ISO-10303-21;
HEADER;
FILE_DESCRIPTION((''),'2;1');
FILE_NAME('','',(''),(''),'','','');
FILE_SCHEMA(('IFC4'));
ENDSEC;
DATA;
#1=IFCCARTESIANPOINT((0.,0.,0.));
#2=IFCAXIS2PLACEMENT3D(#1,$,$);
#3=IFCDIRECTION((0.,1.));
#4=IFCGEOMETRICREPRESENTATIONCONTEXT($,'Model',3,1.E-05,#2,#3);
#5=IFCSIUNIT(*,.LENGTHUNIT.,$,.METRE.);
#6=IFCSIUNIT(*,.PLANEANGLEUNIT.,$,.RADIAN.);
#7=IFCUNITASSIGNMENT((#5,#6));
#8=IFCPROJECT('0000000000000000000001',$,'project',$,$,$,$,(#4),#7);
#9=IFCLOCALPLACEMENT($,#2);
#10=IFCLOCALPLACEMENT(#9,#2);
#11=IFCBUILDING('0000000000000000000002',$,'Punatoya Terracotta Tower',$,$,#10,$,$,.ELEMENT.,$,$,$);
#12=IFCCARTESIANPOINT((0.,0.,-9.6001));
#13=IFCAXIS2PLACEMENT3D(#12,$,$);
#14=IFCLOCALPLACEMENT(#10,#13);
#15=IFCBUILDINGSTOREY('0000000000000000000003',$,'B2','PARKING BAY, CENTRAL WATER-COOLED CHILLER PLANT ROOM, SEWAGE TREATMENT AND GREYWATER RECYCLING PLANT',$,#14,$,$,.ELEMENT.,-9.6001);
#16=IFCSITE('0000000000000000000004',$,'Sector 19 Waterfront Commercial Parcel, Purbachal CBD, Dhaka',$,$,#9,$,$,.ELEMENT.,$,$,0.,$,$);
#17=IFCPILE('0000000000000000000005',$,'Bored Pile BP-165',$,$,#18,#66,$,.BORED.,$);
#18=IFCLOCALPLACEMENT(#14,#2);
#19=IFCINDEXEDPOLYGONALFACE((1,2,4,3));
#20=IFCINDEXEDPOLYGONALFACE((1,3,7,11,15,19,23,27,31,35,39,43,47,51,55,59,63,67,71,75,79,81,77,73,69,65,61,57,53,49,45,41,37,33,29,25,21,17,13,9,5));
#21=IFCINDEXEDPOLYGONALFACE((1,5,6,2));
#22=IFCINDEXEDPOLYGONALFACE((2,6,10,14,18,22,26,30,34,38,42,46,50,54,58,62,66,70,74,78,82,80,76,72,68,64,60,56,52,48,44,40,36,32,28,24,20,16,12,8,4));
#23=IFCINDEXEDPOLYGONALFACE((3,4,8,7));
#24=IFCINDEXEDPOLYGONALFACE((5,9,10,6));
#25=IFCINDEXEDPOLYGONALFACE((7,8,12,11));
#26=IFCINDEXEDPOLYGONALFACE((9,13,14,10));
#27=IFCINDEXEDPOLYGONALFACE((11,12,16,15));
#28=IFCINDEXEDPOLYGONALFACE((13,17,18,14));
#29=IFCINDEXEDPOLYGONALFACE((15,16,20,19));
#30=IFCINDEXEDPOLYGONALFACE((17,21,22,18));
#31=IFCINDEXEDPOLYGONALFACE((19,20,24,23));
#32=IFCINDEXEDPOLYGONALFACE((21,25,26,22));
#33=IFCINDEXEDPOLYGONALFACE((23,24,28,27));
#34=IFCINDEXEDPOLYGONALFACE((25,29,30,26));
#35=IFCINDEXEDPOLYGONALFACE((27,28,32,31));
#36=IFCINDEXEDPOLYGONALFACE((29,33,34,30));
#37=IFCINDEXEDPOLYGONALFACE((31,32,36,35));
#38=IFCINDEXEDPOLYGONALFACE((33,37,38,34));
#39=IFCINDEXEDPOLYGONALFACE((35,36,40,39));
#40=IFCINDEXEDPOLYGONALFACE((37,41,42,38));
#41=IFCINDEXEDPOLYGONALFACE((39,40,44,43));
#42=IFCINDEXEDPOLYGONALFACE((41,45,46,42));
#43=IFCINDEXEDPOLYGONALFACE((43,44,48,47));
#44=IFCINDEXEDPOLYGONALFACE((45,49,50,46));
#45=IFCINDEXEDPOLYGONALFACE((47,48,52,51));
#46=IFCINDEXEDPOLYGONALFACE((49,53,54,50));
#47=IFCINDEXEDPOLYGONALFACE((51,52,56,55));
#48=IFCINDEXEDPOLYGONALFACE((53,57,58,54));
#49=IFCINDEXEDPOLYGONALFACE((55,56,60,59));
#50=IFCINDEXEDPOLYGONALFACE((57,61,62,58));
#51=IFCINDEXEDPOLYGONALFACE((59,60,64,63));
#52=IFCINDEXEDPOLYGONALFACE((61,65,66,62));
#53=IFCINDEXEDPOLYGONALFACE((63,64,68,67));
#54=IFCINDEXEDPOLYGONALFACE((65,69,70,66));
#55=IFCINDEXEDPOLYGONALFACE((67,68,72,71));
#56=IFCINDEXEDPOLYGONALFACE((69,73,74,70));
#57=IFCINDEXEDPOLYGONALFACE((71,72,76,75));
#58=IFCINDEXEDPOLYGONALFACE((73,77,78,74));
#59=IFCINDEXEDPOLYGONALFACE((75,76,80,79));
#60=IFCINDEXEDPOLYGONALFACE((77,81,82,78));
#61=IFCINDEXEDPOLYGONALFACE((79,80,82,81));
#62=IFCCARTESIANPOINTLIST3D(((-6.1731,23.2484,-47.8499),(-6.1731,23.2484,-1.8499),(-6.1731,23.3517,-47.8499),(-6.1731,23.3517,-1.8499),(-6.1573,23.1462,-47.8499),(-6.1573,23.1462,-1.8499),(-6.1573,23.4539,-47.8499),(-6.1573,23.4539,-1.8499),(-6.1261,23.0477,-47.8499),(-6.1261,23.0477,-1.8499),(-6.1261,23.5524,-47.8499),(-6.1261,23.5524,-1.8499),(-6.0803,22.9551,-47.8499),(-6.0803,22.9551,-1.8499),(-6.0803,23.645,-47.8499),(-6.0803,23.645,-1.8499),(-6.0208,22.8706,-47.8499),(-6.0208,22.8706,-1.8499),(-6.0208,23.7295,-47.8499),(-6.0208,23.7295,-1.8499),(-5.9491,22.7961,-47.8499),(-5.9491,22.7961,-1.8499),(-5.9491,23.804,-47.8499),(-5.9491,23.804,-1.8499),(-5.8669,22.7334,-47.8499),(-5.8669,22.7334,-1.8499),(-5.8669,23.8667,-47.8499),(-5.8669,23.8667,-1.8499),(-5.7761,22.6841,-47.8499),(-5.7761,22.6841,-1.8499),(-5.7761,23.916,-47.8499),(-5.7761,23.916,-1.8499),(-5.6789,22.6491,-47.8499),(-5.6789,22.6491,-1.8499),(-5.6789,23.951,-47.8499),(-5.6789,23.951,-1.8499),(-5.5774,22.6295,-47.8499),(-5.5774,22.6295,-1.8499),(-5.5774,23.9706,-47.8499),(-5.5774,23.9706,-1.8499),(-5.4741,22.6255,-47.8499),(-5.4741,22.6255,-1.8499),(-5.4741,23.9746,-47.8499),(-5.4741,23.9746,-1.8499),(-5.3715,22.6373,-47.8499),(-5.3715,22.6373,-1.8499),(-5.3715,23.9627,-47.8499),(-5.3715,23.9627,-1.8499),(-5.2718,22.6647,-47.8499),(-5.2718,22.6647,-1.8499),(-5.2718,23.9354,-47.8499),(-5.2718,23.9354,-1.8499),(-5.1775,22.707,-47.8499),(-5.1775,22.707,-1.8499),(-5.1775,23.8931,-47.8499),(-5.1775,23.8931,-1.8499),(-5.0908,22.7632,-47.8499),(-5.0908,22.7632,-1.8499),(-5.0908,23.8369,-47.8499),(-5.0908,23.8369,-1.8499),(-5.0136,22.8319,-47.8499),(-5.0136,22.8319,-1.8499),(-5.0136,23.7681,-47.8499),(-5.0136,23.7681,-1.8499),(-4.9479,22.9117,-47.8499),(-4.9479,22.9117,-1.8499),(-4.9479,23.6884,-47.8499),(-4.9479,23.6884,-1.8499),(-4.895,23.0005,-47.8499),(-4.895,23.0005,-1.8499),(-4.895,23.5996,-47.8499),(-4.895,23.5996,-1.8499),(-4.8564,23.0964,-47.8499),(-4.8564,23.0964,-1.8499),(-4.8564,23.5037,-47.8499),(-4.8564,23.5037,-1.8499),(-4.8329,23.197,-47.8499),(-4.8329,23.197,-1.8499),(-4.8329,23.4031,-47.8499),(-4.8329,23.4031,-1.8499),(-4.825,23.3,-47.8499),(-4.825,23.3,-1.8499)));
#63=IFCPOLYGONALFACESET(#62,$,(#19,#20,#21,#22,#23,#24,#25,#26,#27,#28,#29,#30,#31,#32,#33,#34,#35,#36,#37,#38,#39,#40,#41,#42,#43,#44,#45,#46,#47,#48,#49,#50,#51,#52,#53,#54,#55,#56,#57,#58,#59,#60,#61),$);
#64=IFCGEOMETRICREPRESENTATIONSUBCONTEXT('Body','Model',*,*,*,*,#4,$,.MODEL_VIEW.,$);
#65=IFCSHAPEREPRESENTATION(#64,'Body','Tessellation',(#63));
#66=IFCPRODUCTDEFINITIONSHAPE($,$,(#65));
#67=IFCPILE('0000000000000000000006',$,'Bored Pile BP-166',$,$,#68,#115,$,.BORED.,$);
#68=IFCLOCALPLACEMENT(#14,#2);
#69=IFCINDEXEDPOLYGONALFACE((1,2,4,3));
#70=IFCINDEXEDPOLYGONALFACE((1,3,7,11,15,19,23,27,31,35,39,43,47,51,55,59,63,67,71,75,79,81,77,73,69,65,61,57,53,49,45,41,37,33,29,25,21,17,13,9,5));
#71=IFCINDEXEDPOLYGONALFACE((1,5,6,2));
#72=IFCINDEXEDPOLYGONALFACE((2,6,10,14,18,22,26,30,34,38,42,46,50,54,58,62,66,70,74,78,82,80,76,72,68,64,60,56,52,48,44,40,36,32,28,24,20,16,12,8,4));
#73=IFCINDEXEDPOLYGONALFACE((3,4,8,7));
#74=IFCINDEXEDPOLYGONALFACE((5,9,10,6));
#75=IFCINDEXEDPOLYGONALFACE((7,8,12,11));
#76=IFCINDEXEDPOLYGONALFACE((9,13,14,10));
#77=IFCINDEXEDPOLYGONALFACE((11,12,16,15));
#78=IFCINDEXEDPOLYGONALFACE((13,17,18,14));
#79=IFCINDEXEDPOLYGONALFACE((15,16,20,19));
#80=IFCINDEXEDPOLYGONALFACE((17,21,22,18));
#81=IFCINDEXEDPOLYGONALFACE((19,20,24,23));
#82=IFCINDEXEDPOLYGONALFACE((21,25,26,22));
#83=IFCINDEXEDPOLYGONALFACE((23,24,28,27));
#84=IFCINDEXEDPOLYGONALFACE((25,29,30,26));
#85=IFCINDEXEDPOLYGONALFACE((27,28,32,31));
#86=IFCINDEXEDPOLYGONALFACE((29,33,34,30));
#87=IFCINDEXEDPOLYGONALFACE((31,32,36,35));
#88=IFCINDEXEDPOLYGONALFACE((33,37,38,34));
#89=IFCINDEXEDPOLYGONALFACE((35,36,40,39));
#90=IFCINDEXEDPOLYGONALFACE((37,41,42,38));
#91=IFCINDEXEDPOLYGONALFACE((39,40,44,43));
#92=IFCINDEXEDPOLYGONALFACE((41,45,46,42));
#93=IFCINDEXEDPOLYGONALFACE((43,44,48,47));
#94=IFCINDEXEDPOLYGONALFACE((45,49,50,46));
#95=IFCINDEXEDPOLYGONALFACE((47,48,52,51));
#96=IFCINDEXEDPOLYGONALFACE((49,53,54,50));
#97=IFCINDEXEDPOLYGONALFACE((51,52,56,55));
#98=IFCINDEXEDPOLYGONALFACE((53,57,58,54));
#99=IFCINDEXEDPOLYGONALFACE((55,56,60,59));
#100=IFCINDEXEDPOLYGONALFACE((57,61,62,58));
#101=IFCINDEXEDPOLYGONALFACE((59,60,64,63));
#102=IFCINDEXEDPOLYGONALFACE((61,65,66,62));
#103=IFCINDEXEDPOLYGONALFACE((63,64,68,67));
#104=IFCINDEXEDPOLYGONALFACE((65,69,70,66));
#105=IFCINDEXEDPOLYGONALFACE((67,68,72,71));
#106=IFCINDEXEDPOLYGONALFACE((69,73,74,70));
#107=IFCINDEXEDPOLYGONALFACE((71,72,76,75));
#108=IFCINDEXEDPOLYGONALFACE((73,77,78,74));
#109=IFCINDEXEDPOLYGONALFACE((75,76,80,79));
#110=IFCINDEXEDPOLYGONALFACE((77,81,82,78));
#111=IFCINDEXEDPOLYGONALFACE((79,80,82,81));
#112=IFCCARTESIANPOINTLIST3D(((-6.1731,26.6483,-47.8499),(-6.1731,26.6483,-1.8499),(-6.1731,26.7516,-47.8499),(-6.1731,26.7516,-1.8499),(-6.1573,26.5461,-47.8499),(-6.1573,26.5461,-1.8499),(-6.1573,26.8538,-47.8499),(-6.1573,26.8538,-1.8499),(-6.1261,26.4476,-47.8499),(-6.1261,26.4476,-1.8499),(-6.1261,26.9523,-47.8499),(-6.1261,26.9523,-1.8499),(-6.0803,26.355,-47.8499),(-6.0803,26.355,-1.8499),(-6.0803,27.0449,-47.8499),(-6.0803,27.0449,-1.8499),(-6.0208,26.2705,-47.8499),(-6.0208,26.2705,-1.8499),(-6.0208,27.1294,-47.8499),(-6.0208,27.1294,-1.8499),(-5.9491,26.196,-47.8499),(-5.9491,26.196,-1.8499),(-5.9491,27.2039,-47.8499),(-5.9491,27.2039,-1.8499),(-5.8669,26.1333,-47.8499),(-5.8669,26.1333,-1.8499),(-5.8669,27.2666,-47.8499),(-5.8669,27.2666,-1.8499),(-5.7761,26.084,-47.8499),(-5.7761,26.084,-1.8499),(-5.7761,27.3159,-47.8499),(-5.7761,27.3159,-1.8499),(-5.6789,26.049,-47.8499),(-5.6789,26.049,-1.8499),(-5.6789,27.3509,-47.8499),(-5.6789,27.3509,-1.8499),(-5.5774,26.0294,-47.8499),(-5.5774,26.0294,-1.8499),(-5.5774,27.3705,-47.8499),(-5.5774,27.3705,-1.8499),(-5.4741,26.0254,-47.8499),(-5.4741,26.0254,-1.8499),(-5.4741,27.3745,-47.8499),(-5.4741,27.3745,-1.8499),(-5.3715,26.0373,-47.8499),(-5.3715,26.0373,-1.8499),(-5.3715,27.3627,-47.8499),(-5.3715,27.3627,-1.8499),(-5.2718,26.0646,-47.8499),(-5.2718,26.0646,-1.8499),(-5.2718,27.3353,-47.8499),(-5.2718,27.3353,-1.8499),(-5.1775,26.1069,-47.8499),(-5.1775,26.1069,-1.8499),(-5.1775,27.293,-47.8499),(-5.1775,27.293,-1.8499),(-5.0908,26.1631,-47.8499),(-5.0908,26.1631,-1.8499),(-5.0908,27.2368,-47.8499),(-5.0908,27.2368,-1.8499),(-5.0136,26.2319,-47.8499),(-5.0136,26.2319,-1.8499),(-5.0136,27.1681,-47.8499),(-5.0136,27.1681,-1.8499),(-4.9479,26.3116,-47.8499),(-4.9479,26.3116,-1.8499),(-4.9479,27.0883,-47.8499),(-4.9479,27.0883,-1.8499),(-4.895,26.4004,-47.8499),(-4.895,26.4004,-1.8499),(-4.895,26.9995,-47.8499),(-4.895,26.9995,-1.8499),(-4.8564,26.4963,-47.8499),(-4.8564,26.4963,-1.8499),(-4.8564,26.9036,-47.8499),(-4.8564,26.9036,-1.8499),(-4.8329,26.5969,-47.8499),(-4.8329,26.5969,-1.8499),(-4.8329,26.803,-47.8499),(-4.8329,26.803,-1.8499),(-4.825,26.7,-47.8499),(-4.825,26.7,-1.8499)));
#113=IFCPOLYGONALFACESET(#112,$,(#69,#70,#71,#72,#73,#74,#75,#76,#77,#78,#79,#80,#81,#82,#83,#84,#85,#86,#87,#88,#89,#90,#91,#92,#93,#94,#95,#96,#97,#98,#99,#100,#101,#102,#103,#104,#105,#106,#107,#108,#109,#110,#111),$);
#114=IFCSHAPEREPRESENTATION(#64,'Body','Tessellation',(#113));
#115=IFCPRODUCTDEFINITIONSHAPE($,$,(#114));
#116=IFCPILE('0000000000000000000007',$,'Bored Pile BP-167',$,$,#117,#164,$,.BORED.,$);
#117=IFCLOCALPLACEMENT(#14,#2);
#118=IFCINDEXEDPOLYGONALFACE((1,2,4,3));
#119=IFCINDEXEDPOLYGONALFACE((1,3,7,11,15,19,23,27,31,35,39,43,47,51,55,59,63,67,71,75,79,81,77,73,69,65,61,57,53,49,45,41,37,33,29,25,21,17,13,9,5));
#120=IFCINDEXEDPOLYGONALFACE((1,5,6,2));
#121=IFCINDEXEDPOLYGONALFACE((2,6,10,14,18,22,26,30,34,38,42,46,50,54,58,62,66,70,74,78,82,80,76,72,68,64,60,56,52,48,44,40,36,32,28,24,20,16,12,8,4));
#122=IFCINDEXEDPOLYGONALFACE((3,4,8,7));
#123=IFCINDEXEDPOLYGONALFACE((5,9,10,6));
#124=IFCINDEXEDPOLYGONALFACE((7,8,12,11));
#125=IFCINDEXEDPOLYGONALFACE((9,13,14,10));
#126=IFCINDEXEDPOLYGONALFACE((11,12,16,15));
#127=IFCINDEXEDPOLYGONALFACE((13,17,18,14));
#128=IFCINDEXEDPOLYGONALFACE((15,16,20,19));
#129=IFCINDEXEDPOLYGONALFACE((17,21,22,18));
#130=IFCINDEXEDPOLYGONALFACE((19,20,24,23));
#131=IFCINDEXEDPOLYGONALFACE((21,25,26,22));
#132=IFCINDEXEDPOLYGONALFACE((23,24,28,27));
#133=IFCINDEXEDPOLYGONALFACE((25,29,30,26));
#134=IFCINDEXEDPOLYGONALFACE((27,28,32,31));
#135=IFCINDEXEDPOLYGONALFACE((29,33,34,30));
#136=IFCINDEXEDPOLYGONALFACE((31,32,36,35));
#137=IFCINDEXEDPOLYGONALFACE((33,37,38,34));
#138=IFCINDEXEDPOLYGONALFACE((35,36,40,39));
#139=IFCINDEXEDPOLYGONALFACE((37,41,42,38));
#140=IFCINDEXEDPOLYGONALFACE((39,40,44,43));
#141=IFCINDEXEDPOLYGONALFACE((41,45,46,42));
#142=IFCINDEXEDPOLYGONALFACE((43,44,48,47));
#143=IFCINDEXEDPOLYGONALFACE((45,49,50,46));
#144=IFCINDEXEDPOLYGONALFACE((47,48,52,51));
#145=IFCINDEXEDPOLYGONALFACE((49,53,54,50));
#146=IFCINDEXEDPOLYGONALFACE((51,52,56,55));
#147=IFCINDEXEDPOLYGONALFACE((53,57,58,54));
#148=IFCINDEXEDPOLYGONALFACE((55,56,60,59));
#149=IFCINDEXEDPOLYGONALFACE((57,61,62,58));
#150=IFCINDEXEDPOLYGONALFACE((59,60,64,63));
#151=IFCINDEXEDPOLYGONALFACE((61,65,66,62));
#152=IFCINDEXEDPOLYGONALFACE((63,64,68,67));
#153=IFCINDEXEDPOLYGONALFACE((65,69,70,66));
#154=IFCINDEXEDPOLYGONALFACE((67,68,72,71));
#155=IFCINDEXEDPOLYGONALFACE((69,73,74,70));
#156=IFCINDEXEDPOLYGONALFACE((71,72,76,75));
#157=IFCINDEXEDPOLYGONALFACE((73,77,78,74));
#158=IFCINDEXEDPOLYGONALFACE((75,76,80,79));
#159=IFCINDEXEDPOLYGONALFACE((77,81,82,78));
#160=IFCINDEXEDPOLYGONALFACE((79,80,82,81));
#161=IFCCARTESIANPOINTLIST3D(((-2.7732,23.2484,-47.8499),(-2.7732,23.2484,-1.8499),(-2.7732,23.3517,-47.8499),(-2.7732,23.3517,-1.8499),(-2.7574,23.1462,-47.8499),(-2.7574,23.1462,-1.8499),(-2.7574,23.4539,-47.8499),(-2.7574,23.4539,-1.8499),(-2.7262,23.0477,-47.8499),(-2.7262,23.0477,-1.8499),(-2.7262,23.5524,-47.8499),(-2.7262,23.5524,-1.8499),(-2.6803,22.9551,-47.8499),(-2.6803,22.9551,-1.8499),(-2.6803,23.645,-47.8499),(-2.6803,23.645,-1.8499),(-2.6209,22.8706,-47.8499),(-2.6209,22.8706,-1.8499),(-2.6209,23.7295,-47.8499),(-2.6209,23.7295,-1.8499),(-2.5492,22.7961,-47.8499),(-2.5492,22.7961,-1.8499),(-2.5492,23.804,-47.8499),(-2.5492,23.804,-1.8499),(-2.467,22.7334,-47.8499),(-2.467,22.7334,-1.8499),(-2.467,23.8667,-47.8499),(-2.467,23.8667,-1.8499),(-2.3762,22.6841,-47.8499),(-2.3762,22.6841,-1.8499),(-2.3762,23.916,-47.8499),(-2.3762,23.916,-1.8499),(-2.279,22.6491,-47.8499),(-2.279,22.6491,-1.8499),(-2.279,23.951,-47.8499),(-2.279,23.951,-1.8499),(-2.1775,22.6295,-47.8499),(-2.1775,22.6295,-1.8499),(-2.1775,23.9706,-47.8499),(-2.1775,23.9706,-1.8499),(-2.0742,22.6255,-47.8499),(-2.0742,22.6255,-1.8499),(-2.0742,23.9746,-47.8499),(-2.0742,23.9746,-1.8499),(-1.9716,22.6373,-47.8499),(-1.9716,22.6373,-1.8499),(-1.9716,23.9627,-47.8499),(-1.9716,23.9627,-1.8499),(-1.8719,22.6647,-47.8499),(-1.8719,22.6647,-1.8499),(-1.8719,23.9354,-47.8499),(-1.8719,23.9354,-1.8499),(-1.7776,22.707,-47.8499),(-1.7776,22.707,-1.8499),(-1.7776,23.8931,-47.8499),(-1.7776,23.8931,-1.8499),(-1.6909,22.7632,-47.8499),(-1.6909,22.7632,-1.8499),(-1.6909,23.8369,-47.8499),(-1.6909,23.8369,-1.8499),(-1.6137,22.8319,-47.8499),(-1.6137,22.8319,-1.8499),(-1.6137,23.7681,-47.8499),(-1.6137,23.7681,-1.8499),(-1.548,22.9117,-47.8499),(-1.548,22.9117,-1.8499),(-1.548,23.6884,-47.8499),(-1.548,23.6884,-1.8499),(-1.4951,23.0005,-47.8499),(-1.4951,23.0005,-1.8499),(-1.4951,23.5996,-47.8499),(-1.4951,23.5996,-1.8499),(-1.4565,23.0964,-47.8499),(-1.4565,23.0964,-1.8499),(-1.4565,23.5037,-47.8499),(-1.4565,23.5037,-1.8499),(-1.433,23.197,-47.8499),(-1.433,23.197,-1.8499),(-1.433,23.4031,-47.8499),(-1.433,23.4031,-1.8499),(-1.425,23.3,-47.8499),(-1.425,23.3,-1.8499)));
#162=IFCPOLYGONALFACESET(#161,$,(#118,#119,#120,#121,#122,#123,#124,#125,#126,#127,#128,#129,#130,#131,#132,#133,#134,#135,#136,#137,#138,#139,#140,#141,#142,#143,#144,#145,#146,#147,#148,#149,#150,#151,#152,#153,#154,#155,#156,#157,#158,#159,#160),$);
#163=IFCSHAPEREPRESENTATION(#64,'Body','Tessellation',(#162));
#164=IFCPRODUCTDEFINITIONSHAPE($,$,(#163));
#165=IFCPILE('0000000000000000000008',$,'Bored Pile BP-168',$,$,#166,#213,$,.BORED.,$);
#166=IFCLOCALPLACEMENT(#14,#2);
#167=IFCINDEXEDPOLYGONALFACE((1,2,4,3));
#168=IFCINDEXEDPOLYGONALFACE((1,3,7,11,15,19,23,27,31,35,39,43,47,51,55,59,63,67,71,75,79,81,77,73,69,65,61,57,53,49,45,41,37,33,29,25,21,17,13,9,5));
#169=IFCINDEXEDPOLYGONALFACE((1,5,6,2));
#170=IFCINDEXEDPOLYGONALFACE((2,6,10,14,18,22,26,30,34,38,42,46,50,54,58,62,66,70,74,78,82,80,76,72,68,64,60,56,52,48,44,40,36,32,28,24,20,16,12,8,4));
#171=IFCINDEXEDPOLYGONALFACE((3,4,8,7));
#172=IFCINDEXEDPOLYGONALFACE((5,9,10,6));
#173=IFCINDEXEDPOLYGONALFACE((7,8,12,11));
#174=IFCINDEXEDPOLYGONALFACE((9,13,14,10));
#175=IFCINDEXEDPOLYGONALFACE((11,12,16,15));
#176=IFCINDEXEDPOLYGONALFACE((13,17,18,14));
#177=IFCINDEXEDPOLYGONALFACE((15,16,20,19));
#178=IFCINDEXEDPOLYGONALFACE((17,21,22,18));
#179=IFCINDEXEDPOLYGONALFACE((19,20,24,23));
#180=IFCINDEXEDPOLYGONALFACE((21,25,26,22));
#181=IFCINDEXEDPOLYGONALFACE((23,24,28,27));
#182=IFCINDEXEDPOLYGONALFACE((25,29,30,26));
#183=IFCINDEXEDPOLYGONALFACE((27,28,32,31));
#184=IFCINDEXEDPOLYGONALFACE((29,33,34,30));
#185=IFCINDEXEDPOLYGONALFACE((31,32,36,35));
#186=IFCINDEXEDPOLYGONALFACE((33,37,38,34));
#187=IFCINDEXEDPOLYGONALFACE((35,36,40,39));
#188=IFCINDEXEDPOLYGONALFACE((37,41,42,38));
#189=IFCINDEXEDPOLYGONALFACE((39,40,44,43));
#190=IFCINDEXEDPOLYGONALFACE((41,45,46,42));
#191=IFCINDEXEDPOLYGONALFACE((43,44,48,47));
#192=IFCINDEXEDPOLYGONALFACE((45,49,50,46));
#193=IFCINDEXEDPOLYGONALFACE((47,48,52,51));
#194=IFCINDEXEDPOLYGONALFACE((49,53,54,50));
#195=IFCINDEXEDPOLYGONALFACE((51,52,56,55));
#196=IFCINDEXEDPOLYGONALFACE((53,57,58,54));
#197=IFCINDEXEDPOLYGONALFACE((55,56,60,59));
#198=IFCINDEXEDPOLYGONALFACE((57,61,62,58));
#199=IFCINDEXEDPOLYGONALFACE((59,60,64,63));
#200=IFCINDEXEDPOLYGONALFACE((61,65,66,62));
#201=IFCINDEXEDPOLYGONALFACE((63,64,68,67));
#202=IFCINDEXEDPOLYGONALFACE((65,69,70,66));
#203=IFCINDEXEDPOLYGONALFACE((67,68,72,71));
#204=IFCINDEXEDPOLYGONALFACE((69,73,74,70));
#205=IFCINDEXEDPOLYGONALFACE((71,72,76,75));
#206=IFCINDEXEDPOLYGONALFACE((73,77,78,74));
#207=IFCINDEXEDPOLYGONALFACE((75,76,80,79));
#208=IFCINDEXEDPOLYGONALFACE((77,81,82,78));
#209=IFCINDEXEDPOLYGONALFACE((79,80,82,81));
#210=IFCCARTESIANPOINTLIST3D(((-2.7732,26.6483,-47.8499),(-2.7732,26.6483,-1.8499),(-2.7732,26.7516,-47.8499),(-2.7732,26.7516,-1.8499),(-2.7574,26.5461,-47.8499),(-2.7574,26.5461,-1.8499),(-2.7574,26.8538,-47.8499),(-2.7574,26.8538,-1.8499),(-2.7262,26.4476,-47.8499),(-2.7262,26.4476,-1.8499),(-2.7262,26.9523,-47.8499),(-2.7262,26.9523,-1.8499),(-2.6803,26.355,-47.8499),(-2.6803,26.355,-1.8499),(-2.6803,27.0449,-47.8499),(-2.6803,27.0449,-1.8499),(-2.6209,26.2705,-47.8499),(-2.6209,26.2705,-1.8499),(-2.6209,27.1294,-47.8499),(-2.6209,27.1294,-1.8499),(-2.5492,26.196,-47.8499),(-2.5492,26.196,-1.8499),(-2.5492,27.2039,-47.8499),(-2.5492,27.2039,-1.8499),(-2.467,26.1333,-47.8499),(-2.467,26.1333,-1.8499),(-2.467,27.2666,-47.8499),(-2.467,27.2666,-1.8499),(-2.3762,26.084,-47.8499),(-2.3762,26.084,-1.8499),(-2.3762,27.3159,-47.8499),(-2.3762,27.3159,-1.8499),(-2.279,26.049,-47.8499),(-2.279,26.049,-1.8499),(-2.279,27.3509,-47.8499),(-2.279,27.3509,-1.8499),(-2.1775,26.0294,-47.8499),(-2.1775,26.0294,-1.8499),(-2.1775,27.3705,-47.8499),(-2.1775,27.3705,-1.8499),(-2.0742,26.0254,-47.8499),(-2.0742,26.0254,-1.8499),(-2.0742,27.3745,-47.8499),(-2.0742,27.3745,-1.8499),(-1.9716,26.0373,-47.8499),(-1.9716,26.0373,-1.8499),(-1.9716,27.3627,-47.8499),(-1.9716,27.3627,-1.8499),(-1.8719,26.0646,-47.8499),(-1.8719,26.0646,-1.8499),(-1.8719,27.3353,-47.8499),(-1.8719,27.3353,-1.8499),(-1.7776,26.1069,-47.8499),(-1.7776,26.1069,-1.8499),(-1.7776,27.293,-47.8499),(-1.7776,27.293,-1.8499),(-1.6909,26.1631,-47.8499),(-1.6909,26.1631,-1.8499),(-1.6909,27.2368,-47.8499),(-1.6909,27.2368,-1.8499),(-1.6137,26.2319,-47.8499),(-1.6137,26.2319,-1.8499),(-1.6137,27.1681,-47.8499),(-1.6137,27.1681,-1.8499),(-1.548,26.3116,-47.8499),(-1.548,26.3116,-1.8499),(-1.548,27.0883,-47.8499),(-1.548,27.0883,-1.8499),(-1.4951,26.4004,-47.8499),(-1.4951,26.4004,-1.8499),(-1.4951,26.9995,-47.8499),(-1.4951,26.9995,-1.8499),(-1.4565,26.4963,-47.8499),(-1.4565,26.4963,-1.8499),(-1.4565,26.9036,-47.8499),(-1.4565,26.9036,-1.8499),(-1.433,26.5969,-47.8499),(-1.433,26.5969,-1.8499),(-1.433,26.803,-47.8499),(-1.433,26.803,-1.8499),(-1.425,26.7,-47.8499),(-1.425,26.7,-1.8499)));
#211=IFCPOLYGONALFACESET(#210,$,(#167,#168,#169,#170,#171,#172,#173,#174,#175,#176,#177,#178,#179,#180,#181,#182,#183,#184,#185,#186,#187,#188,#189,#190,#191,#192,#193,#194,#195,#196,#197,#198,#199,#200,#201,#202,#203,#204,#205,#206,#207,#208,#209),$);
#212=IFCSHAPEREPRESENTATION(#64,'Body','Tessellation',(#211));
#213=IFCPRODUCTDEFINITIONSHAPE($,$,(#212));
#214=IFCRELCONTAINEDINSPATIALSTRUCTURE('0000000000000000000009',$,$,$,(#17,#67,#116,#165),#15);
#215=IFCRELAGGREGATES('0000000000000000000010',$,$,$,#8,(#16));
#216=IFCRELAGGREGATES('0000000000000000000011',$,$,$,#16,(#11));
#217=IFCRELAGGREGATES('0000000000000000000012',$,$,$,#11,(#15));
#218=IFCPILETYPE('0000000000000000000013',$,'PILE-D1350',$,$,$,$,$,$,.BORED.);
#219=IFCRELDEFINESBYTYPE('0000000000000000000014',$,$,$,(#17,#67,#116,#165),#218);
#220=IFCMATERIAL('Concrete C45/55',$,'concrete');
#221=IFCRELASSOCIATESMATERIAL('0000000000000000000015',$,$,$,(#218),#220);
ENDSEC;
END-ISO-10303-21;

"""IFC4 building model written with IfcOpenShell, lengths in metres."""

from ifc_helpers import new_model, si_unit, direction, frame, origin, origin_2d, place, context, subcontext, project, spatial, circle, extrude, material, material_profile, profile_set, type_object, element, save


model = new_model("IFC4")

# Units and contexts
model_context = context("Model", 3, precision=1e-05, world=origin(), true_north=direction((0.0, 1.0)))
body_context = subcontext(model_context, "Body", "Model", "MODEL_VIEW")
ifc_project = project(units=[si_unit("LENGTHUNIT", "METRE"), si_unit("PLANEANGLEUNIT", "RADIAN")], contexts=[model_context])

# Site, building, storey
site_placement = place(None, origin())
site = spatial("IfcSite", under=ifc_project, at=site_placement, Name="Sector 19 Waterfront Commercial Parcel, Purbachal CBD, Dhaka", CompositionType="ELEMENT", RefElevation=0.0)
building_placement = place(site_placement, origin())
building = spatial("IfcBuilding", under=site, at=building_placement, Name="Punatoya Terracotta Tower", CompositionType="ELEMENT")
storey_placement = place(building_placement, frame((0.0, 0.0, -9.6001)))
storey = spatial("IfcBuildingStorey", under=building, at=storey_placement, Name="B2", Description="PARKING BAY, CENTRAL WATER-COOLED CHILLER PLANT ROOM, SEWAGE TREATMENT AND GREYWATER RECYCLING PLANT", CompositionType="ELEMENT", Elevation=-9.6001)

# Shared definitions
ifc_material_1 = material(Name="Concrete C45/55", Category="concrete")

# Piles
ifc_material_profile_1 = material_profile(ifc_material_1, circle(Radius=0.675, at=origin_2d()))
ifc_profile_set_1 = profile_set([ifc_material_profile_1], Name="Concrete C45/55")
pile_type_1 = type_object("IfcPileType", Name="PILE-D1350", PredefinedType="BORED", material=ifc_profile_set_1)
for number, where, z_axis, x_axis, name in (
    (1, (-5.5, 23.3, -1.8499), (0.0, 0.0, -1.0), (1.0, 0.0, 0.0), "Bored Pile BP-165"),
    (2, (-5.5, 26.7, -1.8499), (0.0, 0.0, -1.0), (1.0, 0.0, 0.0), "Bored Pile BP-166"),
    (3, (-2.1001, 23.3, -1.8499), (0.0, 0.0, -1.0), (1.0, 0.0, 0.0), "Bored Pile BP-167"),
    (4, (-2.1001, 26.7, -1.8499), (0.0, 0.0, -1.0), (1.0, 0.0, 0.0), "Bored Pile BP-168"),
):
    element("IfcPile", number, at=place(storey_placement, frame(where, z_axis=z_axis, x_axis=x_axis)), inside=storey, type_object=pile_type_1, Name=name, PredefinedType="BORED", context=body_context, shape_type="SweptSolid", body=[
        extrude(circle(Radius=0.675, at=origin_2d()), origin(), (0.0, 0.0, 1.0), 46.0),
    ])

save(model, "model.ifc")
